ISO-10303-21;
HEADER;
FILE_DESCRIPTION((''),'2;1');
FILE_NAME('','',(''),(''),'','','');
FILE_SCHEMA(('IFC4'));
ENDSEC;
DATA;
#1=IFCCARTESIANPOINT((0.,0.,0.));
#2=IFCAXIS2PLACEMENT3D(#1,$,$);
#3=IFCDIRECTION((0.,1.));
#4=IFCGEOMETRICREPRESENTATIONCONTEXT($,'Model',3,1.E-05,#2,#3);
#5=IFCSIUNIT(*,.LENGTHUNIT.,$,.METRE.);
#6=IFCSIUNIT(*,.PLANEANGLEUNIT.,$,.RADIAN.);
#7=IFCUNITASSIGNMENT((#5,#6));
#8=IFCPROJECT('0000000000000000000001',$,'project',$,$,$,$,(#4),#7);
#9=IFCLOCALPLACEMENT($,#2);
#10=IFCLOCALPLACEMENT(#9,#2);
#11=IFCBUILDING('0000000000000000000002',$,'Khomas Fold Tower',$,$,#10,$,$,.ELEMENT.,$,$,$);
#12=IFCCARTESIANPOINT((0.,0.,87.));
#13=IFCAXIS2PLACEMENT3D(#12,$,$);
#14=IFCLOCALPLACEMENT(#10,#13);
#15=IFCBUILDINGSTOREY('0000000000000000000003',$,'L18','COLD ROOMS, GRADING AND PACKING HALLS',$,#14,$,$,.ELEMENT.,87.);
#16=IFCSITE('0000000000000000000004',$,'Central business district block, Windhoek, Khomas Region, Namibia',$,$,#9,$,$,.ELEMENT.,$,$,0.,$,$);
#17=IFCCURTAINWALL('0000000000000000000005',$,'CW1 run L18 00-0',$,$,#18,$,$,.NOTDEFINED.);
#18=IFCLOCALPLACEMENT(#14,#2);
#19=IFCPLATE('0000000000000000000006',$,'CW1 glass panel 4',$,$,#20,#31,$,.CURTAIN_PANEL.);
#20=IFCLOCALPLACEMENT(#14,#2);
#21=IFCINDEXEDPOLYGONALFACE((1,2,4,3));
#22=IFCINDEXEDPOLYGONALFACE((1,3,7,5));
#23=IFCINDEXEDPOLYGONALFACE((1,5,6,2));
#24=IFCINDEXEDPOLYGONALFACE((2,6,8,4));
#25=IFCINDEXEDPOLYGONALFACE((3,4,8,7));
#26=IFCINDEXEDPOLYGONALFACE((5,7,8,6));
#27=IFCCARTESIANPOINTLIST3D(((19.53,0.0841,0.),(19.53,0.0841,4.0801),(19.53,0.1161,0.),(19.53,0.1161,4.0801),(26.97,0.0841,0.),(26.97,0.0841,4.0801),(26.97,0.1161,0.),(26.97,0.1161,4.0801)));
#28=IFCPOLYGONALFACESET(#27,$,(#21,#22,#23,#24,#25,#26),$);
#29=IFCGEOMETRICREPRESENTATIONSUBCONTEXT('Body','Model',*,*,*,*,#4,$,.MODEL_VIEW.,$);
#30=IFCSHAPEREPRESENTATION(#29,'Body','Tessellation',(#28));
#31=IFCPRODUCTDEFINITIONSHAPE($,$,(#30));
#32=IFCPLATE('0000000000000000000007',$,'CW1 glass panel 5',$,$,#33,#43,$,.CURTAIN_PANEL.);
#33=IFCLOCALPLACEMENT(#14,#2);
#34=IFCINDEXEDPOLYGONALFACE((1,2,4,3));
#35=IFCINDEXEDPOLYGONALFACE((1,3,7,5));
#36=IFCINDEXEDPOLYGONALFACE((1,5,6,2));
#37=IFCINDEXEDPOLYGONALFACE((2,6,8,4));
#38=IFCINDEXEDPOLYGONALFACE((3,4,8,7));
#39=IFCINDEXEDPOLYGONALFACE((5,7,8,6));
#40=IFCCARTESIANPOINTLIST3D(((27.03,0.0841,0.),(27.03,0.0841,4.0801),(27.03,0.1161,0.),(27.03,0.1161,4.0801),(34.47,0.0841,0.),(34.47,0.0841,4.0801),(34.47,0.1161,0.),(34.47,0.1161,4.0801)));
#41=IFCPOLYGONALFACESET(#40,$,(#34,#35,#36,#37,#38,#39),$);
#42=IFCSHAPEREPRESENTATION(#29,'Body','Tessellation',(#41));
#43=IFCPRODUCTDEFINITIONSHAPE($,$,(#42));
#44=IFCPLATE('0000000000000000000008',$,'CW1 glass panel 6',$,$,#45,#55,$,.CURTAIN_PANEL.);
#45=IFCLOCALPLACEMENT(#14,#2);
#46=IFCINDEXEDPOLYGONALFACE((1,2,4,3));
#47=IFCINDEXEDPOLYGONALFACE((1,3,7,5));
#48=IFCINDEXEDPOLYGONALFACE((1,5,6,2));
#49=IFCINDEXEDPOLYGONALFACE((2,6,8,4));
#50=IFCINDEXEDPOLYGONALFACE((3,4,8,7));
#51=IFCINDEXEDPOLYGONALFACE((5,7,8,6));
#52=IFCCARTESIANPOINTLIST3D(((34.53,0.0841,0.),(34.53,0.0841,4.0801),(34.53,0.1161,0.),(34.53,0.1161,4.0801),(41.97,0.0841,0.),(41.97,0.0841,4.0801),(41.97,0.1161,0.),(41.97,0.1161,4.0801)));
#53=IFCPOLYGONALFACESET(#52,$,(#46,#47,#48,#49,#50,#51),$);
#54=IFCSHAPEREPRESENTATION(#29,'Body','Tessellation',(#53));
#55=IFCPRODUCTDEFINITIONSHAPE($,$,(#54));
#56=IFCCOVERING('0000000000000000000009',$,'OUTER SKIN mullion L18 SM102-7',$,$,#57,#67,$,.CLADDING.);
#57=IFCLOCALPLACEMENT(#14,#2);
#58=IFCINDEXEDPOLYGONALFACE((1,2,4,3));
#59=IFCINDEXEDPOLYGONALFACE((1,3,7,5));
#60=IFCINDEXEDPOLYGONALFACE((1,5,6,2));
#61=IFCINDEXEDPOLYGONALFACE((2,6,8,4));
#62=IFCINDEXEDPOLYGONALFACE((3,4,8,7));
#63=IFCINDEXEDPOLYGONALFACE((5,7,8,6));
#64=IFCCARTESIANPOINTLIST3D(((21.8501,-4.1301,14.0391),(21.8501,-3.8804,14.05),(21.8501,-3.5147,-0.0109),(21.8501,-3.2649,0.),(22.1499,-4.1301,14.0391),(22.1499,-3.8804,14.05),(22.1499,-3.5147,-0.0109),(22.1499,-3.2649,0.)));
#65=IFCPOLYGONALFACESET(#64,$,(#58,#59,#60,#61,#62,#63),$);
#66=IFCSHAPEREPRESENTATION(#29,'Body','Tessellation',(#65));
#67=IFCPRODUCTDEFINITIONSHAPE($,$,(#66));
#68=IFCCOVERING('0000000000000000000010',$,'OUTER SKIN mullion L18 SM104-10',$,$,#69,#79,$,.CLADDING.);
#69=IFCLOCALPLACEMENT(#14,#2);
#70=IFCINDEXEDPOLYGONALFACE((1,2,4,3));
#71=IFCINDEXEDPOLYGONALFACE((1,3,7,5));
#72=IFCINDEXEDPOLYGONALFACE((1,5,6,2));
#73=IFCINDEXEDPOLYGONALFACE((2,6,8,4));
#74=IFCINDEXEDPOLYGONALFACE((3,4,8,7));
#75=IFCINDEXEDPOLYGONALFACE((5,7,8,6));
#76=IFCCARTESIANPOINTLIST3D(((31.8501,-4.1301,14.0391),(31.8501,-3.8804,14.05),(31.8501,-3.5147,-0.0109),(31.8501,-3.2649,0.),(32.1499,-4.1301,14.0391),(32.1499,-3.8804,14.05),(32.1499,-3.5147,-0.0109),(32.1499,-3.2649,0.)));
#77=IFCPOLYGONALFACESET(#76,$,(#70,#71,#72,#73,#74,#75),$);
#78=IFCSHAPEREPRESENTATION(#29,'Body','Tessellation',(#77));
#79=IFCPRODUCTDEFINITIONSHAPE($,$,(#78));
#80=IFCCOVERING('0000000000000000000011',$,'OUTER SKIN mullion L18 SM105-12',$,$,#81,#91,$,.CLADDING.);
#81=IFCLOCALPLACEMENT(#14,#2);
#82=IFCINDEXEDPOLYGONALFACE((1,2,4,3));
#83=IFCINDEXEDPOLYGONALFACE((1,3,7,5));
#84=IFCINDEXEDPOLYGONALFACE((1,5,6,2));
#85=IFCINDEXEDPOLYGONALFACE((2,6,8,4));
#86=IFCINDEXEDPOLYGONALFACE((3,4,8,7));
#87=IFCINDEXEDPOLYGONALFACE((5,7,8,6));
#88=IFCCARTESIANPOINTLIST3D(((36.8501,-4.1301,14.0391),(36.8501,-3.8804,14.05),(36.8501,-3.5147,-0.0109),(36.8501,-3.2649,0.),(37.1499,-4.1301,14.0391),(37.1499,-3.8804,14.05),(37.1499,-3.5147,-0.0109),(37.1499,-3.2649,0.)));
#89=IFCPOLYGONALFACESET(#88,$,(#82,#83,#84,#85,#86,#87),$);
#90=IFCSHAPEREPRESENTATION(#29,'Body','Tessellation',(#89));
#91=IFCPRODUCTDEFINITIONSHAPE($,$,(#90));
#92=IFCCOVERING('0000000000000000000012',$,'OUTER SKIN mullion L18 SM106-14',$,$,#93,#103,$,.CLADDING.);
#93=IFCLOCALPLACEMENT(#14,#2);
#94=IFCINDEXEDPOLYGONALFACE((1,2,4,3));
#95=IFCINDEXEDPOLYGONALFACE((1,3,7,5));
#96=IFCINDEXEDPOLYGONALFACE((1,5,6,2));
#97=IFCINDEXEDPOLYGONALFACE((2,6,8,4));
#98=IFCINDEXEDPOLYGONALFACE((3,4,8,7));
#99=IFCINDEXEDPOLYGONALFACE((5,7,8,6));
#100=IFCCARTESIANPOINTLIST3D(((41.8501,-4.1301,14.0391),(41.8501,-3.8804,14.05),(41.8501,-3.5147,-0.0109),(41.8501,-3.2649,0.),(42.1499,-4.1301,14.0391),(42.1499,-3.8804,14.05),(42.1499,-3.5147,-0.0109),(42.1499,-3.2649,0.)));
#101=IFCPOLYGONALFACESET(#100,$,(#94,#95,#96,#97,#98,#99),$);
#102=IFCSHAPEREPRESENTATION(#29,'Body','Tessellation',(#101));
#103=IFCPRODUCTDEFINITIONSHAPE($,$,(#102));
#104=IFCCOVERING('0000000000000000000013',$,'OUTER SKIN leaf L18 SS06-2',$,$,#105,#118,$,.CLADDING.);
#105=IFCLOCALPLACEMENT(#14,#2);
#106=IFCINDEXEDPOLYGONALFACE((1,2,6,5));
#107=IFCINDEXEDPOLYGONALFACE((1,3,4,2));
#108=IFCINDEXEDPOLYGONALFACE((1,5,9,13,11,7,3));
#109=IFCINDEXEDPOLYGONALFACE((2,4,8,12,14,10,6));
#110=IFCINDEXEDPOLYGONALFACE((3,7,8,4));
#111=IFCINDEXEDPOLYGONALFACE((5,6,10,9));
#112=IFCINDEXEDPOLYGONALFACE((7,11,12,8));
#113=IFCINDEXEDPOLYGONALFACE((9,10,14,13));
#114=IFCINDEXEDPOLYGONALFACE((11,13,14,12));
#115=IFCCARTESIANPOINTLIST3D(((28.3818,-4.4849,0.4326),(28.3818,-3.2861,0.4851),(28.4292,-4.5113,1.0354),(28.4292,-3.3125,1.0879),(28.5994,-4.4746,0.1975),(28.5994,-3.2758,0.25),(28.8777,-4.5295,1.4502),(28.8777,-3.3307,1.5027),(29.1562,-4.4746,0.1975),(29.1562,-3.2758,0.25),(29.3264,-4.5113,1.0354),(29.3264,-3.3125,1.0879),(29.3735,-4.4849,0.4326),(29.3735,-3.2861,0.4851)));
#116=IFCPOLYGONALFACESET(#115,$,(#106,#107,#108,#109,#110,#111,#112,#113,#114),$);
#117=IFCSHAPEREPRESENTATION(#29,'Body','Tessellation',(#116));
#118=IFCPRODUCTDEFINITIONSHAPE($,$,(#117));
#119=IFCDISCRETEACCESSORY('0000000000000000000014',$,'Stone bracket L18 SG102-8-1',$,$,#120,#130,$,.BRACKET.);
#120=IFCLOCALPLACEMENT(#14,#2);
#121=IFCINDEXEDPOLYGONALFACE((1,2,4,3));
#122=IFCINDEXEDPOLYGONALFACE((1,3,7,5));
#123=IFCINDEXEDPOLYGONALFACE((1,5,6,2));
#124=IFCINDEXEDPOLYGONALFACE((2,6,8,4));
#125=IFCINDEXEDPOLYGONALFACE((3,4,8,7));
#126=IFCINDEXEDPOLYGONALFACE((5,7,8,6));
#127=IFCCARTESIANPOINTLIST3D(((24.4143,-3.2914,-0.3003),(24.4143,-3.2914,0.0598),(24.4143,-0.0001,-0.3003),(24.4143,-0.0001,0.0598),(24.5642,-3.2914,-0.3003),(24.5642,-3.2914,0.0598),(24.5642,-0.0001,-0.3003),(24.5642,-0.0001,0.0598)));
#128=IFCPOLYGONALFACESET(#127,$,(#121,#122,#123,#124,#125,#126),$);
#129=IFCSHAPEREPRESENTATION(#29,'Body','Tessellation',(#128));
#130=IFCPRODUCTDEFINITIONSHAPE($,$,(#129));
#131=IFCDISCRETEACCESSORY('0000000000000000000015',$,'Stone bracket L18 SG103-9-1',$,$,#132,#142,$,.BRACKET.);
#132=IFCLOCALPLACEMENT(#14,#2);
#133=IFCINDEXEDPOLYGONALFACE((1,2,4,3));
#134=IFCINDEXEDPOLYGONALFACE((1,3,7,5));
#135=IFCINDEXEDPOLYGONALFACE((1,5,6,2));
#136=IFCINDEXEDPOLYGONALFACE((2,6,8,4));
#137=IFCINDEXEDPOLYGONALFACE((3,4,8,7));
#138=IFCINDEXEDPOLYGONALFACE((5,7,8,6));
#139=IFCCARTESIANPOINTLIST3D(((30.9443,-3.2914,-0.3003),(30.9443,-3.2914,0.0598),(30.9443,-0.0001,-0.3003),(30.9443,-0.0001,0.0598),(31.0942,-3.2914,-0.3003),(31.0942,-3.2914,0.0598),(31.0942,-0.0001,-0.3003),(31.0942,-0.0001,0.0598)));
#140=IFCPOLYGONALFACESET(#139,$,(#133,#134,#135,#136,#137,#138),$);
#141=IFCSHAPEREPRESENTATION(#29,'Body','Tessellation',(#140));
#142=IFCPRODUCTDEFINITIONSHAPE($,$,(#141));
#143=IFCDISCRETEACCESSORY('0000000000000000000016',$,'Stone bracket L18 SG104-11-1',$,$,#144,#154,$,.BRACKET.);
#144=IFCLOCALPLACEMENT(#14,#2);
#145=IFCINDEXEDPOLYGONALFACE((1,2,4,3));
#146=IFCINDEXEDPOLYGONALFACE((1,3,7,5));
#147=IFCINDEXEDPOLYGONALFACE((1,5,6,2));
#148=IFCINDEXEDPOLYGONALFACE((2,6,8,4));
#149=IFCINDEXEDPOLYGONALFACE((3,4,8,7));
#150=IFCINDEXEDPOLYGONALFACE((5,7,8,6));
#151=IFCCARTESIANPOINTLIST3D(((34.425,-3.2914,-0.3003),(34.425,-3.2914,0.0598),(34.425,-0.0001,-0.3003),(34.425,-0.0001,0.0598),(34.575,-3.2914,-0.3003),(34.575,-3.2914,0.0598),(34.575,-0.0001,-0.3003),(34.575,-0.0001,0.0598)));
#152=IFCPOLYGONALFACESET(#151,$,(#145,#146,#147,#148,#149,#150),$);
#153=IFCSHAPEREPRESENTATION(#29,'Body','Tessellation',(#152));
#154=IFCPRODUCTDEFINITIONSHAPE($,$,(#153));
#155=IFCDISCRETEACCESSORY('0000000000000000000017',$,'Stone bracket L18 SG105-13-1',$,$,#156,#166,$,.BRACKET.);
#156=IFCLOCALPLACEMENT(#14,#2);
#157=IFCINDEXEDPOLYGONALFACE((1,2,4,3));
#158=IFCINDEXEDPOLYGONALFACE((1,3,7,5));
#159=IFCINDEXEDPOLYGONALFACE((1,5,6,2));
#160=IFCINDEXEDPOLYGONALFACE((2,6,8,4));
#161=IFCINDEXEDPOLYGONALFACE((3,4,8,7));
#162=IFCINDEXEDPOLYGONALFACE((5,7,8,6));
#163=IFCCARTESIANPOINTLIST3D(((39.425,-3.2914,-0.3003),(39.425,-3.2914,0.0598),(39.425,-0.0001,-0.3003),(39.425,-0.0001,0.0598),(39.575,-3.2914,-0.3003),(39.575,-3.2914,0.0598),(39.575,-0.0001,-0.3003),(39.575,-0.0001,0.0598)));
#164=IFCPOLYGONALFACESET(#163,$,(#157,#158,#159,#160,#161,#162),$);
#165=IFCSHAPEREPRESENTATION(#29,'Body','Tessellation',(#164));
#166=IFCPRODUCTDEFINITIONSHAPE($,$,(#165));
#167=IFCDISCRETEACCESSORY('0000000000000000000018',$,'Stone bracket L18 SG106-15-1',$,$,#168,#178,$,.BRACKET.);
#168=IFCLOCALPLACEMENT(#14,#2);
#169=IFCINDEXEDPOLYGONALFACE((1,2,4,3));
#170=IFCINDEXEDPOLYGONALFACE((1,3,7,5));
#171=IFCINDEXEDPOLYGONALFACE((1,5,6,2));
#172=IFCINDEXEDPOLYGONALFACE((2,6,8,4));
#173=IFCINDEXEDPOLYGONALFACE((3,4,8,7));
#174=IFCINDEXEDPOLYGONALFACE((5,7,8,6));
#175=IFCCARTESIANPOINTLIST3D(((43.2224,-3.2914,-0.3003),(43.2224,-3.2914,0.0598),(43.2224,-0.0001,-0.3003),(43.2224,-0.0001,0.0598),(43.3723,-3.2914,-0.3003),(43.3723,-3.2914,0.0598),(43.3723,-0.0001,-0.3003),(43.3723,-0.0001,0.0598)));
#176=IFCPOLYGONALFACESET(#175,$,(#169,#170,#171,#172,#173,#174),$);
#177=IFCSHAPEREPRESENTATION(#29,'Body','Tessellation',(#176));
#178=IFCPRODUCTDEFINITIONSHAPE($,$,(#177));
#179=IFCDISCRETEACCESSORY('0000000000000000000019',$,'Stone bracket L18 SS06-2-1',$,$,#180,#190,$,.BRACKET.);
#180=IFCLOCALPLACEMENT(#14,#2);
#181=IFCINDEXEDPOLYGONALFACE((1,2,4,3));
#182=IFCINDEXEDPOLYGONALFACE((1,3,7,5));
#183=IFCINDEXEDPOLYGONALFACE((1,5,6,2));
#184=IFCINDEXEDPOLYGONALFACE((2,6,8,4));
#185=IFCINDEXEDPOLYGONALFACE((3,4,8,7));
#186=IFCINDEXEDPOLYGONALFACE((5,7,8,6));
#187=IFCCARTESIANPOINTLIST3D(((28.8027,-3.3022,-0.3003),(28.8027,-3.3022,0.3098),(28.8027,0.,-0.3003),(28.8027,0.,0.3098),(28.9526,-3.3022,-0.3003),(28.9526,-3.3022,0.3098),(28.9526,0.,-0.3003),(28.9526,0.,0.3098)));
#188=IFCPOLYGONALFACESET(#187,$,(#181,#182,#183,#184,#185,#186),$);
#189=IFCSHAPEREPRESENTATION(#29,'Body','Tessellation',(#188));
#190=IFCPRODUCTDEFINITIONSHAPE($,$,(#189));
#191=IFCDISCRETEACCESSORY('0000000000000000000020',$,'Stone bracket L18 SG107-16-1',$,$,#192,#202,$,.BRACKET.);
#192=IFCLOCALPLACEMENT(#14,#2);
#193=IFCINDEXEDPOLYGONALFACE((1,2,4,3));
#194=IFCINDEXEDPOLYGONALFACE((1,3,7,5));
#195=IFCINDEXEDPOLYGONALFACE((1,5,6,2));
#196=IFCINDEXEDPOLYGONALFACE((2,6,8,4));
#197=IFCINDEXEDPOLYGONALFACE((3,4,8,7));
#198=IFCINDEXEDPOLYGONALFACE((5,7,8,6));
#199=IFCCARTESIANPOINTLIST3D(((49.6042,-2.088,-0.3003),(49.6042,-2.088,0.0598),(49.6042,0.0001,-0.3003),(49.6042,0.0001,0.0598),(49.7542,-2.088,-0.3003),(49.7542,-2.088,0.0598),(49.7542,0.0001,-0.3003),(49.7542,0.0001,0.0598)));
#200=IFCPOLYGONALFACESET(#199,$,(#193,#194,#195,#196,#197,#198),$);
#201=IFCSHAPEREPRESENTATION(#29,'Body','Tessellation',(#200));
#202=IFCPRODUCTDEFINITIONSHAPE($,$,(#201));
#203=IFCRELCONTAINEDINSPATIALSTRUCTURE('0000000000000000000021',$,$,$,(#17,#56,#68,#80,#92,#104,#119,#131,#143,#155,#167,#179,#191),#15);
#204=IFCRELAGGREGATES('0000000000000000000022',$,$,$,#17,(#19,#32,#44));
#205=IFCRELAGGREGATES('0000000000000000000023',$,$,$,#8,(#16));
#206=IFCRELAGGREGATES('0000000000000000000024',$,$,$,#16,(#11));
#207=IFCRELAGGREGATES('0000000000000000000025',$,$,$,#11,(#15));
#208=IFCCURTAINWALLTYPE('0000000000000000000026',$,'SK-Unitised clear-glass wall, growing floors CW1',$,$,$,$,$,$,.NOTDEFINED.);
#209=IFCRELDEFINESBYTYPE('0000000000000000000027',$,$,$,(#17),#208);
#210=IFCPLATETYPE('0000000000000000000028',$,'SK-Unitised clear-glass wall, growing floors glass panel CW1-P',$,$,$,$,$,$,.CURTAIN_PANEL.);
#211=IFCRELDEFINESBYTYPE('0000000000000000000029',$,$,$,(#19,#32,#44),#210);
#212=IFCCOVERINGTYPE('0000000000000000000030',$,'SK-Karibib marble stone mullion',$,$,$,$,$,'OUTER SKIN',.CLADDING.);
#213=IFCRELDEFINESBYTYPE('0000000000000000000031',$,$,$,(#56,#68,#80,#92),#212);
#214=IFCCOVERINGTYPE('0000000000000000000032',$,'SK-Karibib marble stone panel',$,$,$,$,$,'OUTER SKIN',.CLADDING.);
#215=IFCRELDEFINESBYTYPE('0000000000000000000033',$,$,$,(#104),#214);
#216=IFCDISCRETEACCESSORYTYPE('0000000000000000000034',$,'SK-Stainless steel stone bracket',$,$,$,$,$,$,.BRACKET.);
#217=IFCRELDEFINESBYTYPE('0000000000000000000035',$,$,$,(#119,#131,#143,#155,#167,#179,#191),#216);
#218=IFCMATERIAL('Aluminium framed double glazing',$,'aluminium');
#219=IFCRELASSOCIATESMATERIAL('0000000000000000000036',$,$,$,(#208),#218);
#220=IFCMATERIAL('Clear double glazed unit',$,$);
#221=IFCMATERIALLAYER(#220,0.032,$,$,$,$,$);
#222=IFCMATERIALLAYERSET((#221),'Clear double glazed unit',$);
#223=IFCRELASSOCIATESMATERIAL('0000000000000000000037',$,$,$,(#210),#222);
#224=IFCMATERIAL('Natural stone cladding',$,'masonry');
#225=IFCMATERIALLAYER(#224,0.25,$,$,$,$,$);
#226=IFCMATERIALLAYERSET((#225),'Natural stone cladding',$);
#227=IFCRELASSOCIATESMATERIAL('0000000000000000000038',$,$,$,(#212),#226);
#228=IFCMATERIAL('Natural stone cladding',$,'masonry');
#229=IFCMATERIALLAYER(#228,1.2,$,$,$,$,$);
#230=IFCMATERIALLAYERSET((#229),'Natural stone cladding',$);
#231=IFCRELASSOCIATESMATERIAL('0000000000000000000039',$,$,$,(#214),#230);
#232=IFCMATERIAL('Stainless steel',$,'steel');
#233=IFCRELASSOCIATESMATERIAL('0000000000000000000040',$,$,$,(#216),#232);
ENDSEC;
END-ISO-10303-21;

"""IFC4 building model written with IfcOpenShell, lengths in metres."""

from ifc_helpers import new_model, si_unit, direction, frame, origin, origin_2d, place, context, subcontext, project, spatial, polyline, rectangle, outline, extrude, source, transform, mapped, material, layer, layer_set, type_object, element, aggregate, save


model = new_model("IFC4")

# Units and contexts
model_context = context("Model", 3, precision=1e-05, world=origin(), true_north=direction((0.0, 1.0)))
body_context = subcontext(model_context, "Body", "Model", "MODEL_VIEW")
ifc_project = project(units=[si_unit("LENGTHUNIT", "METRE"), si_unit("PLANEANGLEUNIT", "RADIAN")], contexts=[model_context])

# Site, building, storey
site_placement = place(None, origin())
site = spatial("IfcSite", under=ifc_project, at=site_placement, Name="Central business district block, Windhoek, Khomas Region, Namibia", CompositionType="ELEMENT", RefElevation=0.0)
building_placement = place(site_placement, origin())
building = spatial("IfcBuilding", under=site, at=building_placement, Name="Khomas Fold Tower", CompositionType="ELEMENT")
storey_placement = place(building_placement, frame((0.0, 0.0, 87.0)))
storey = spatial("IfcBuildingStorey", under=building, at=storey_placement, Name="L18", Description="COLD ROOMS, GRADING AND PACKING HALLS", CompositionType="ELEMENT", Elevation=87.0)

# Curtain wall
ifc_material_1 = material(Name="Aluminium framed double glazing", Category="aluminium")
curtain_wall_type = type_object("IfcCurtainWallType", Name="SK-Unitised clear-glass wall, growing floors CW1", PredefinedType="NOTDEFINED", material=ifc_material_1)
curtain_wall_placement = place(storey_placement, origin())
curtain_wall = element("IfcCurtainWall", 1, at=curtain_wall_placement, inside=storey, type_object=curtain_wall_type, Name="CW1 run L18 00-0", PredefinedType="NOTDEFINED")

# Plates
ifc_material_2 = material(Name="Clear double glazed unit")
ifc_layer_1 = layer(ifc_material_2, 0.032)
ifc_layer_set_1 = layer_set([ifc_layer_1], Name="Clear double glazed unit")
plate_type_1 = type_object("IfcPlateType", Name="SK-Unitised clear-glass wall, growing floors glass panel CW1-P", PredefinedType="CURTAIN_PANEL", material=ifc_layer_set_1)
shared_shape_1 = source(origin(), body_context, "Body", "SweptSolid", [
    extrude(rectangle(XDim=7.4399, YDim=0.032, at=origin_2d()), origin(), (0.0, 0.0, 1.0), 4.0801),
])
plate_1_placement = place(storey_placement, frame((23.25, 0.1001, 0.0), z_axis=(0.0, 0.0, 1.0), x_axis=(1.0, 0.0, 0.0)))
plate_1 = element("IfcPlate", 2, at=plate_1_placement, type_object=plate_type_1, Name="CW1 glass panel 4", PredefinedType="CURTAIN_PANEL", context=body_context, shape_type="MappedRepresentation", body=[
    mapped(shared_shape_1, transform((0.0, 0.0, 0.0))),
])
plate_2_placement = place(storey_placement, frame((30.75, 0.1001, 0.0), z_axis=(0.0, 0.0, 1.0), x_axis=(1.0, 0.0, 0.0)))
plate_2 = element("IfcPlate", 3, at=plate_2_placement, type_object=plate_type_1, Name="CW1 glass panel 5", PredefinedType="CURTAIN_PANEL", context=body_context, shape_type="MappedRepresentation", body=[
    mapped(shared_shape_1, transform((0.0, 0.0, 0.0))),
])
plate_3_placement = place(storey_placement, frame((38.25, 0.1001, 0.0), z_axis=(0.0, 0.0, 1.0), x_axis=(1.0, 0.0, 0.0)))
plate_3 = element("IfcPlate", 4, at=plate_3_placement, type_object=plate_type_1, Name="CW1 glass panel 6", PredefinedType="CURTAIN_PANEL", context=body_context, shape_type="MappedRepresentation", body=[
    mapped(shared_shape_1, transform((0.0, 0.0, 0.0))),
])
aggregate(curtain_wall, [plate_1, plate_2, plate_3])

# Coverings
ifc_material_3 = material(Name="Natural stone cladding", Category="masonry")
ifc_layer_2 = layer(ifc_material_3, 0.25)
ifc_layer_set_2 = layer_set([ifc_layer_2], Name="Natural stone cladding")
covering_type_1 = type_object("IfcCoveringType", Name="SK-Karibib marble stone mullion", ElementType="OUTER SKIN", PredefinedType="CLADDING", material=ifc_layer_set_2)
for number, where, z_axis, x_axis, name in (
    (5, (21.8501, -3.2649, 0.0), (0.0, 0.999042, 0.043764), (0.0, -0.043764, 0.999042), "OUTER SKIN mullion L18 SM102-7"),
    (6, (31.8501, -3.2649, 0.0), (0.0, 0.999042, 0.043764), (0.0, -0.043764, 0.999042), "OUTER SKIN mullion L18 SM104-10"),
    (7, (36.8501, -3.2649, 0.0), (0.0, 0.999042, 0.043764), (0.0, -0.043764, 0.999042), "OUTER SKIN mullion L18 SM105-12"),
    (8, (41.8501, -3.2649, 0.0), (0.0, 0.999042, 0.043764), (0.0, -0.043764, 0.999042), "OUTER SKIN mullion L18 SM106-14"),
):
    element("IfcCovering", number, at=place(storey_placement, frame(where, z_axis=z_axis, x_axis=x_axis)), inside=storey, type_object=covering_type_1, Name=name, PredefinedType="CLADDING", context=body_context, shape_type="SweptSolid", body=[
        extrude(outline(polyline([(0.0, 0.0), (14.0635, 0.0), (14.0635, 0.2998), (0.0, 0.2998), (0.0, 0.0)])), origin(), (0.0, 0.0, -1.0), 0.25),
    ])
ifc_material_4 = material(Name="Natural stone cladding", Category="masonry")
ifc_layer_3 = layer(ifc_material_4, 1.2)
ifc_layer_set_3 = layer_set([ifc_layer_3], Name="Natural stone cladding")
covering_type_2 = type_object("IfcCoveringType", Name="SK-Karibib marble stone panel", ElementType="OUTER SKIN", PredefinedType="CLADDING", material=ifc_layer_set_3)
covering_placement = place(storey_placement, frame((28.4292, -3.3125, 1.0879), z_axis=(0.0, 0.999042, 0.043755), x_axis=(0.733815, -0.029725, 0.678699)))
element("IfcCovering", 9, at=covering_placement, inside=storey, type_object=covering_type_2, Name="OUTER SKIN leaf L18 SS06-2", PredefinedType="CLADDING", context=body_context, shape_type="SweptSolid", body=[
    extrude(outline(polyline([(0.0, 0.0), (0.6112, 0.0), (0.6584, 0.6095), (0.2831, 1.0843), (-0.0362, 1.1094), (-0.4449, 0.731), (-0.4446, 0.4106), (0.0, 0.0)])), origin(), (0.0, 0.0, -1.0), 1.2),
])

# Discrete accessories
ifc_material_5 = material(Name="Stainless steel", Category="steel")
discrete_accessory_type = type_object("IfcDiscreteAccessoryType", Name="SK-Stainless steel stone bracket", PredefinedType="BRACKET", material=ifc_material_5)
shared_shape_2 = source(origin(), body_context, "Body", "SweptSolid", [
    extrude(rectangle(XDim=3.2913, YDim=0.1499, at=origin_2d()), origin(), (0.0, 0.0, 1.0), 0.3601),
])
for number, where, z_axis, x_axis, name in (
    (10, (24.4893, -1.6458, -0.3003), (0.0, 0.0, 1.0), (0.0, -1.0, 0.0), "Stone bracket L18 SG102-8-1"),
    (11, (31.0193, -1.6458, -0.3003), (0.0, 0.0, 1.0), (0.0, -1.0, 0.0), "Stone bracket L18 SG103-9-1"),
    (12, (34.5, -1.6458, -0.3003), (0.0, 0.0, 1.0), (0.0, -1.0, 0.0), "Stone bracket L18 SG104-11-1"),
    (13, (39.5, -1.6458, -0.3003), (0.0, 0.0, 1.0), (0.0, -1.0, 0.0), "Stone bracket L18 SG105-13-1"),
    (14, (43.2974, -1.6458, -0.3003), (0.0, 0.0, 1.0), (0.0, -1.0, 0.0), "Stone bracket L18 SG106-15-1"),
):
    element("IfcDiscreteAccessory", number, at=place(storey_placement, frame(where, z_axis=z_axis, x_axis=x_axis)), inside=storey, type_object=discrete_accessory_type, Name=name, PredefinedType="BRACKET", context=body_context, shape_type="MappedRepresentation", body=[
        mapped(shared_shape_2, transform((0.0, 0.0, 0.0))),
    ])
shared_shape_3 = source(origin(), body_context, "Body", "SweptSolid", [
    extrude(rectangle(XDim=3.3022, YDim=0.1499, at=origin_2d()), origin(), (0.0, 0.0, 1.0), 0.6101),
])
discrete_accessory_1_placement = place(storey_placement, frame((28.8777, -1.6511, -0.3003), z_axis=(0.0, 0.0, 1.0), x_axis=(0.0, -1.0, 0.0)))
element("IfcDiscreteAccessory", 15, at=discrete_accessory_1_placement, inside=storey, type_object=discrete_accessory_type, Name="Stone bracket L18 SS06-2-1", PredefinedType="BRACKET", context=body_context, shape_type="MappedRepresentation", body=[
    mapped(shared_shape_3, transform((0.0, 0.0, 0.0))),
])
shared_shape_4 = source(origin(), body_context, "Body", "SweptSolid", [
    extrude(rectangle(XDim=2.0881, YDim=0.1499, at=origin_2d()), origin(), (0.0, 0.0, 1.0), 0.3601),
])
discrete_accessory_2_placement = place(storey_placement, frame((49.6792, -1.0439, -0.3003), z_axis=(0.0, 0.0, 1.0), x_axis=(0.0, -1.0, 0.0)))
element("IfcDiscreteAccessory", 16, at=discrete_accessory_2_placement, inside=storey, type_object=discrete_accessory_type, Name="Stone bracket L18 SG107-16-1", PredefinedType="BRACKET", context=body_context, shape_type="MappedRepresentation", body=[
    mapped(shared_shape_4, transform((0.0, 0.0, 0.0))),
])

save(model, "model.ifc")
